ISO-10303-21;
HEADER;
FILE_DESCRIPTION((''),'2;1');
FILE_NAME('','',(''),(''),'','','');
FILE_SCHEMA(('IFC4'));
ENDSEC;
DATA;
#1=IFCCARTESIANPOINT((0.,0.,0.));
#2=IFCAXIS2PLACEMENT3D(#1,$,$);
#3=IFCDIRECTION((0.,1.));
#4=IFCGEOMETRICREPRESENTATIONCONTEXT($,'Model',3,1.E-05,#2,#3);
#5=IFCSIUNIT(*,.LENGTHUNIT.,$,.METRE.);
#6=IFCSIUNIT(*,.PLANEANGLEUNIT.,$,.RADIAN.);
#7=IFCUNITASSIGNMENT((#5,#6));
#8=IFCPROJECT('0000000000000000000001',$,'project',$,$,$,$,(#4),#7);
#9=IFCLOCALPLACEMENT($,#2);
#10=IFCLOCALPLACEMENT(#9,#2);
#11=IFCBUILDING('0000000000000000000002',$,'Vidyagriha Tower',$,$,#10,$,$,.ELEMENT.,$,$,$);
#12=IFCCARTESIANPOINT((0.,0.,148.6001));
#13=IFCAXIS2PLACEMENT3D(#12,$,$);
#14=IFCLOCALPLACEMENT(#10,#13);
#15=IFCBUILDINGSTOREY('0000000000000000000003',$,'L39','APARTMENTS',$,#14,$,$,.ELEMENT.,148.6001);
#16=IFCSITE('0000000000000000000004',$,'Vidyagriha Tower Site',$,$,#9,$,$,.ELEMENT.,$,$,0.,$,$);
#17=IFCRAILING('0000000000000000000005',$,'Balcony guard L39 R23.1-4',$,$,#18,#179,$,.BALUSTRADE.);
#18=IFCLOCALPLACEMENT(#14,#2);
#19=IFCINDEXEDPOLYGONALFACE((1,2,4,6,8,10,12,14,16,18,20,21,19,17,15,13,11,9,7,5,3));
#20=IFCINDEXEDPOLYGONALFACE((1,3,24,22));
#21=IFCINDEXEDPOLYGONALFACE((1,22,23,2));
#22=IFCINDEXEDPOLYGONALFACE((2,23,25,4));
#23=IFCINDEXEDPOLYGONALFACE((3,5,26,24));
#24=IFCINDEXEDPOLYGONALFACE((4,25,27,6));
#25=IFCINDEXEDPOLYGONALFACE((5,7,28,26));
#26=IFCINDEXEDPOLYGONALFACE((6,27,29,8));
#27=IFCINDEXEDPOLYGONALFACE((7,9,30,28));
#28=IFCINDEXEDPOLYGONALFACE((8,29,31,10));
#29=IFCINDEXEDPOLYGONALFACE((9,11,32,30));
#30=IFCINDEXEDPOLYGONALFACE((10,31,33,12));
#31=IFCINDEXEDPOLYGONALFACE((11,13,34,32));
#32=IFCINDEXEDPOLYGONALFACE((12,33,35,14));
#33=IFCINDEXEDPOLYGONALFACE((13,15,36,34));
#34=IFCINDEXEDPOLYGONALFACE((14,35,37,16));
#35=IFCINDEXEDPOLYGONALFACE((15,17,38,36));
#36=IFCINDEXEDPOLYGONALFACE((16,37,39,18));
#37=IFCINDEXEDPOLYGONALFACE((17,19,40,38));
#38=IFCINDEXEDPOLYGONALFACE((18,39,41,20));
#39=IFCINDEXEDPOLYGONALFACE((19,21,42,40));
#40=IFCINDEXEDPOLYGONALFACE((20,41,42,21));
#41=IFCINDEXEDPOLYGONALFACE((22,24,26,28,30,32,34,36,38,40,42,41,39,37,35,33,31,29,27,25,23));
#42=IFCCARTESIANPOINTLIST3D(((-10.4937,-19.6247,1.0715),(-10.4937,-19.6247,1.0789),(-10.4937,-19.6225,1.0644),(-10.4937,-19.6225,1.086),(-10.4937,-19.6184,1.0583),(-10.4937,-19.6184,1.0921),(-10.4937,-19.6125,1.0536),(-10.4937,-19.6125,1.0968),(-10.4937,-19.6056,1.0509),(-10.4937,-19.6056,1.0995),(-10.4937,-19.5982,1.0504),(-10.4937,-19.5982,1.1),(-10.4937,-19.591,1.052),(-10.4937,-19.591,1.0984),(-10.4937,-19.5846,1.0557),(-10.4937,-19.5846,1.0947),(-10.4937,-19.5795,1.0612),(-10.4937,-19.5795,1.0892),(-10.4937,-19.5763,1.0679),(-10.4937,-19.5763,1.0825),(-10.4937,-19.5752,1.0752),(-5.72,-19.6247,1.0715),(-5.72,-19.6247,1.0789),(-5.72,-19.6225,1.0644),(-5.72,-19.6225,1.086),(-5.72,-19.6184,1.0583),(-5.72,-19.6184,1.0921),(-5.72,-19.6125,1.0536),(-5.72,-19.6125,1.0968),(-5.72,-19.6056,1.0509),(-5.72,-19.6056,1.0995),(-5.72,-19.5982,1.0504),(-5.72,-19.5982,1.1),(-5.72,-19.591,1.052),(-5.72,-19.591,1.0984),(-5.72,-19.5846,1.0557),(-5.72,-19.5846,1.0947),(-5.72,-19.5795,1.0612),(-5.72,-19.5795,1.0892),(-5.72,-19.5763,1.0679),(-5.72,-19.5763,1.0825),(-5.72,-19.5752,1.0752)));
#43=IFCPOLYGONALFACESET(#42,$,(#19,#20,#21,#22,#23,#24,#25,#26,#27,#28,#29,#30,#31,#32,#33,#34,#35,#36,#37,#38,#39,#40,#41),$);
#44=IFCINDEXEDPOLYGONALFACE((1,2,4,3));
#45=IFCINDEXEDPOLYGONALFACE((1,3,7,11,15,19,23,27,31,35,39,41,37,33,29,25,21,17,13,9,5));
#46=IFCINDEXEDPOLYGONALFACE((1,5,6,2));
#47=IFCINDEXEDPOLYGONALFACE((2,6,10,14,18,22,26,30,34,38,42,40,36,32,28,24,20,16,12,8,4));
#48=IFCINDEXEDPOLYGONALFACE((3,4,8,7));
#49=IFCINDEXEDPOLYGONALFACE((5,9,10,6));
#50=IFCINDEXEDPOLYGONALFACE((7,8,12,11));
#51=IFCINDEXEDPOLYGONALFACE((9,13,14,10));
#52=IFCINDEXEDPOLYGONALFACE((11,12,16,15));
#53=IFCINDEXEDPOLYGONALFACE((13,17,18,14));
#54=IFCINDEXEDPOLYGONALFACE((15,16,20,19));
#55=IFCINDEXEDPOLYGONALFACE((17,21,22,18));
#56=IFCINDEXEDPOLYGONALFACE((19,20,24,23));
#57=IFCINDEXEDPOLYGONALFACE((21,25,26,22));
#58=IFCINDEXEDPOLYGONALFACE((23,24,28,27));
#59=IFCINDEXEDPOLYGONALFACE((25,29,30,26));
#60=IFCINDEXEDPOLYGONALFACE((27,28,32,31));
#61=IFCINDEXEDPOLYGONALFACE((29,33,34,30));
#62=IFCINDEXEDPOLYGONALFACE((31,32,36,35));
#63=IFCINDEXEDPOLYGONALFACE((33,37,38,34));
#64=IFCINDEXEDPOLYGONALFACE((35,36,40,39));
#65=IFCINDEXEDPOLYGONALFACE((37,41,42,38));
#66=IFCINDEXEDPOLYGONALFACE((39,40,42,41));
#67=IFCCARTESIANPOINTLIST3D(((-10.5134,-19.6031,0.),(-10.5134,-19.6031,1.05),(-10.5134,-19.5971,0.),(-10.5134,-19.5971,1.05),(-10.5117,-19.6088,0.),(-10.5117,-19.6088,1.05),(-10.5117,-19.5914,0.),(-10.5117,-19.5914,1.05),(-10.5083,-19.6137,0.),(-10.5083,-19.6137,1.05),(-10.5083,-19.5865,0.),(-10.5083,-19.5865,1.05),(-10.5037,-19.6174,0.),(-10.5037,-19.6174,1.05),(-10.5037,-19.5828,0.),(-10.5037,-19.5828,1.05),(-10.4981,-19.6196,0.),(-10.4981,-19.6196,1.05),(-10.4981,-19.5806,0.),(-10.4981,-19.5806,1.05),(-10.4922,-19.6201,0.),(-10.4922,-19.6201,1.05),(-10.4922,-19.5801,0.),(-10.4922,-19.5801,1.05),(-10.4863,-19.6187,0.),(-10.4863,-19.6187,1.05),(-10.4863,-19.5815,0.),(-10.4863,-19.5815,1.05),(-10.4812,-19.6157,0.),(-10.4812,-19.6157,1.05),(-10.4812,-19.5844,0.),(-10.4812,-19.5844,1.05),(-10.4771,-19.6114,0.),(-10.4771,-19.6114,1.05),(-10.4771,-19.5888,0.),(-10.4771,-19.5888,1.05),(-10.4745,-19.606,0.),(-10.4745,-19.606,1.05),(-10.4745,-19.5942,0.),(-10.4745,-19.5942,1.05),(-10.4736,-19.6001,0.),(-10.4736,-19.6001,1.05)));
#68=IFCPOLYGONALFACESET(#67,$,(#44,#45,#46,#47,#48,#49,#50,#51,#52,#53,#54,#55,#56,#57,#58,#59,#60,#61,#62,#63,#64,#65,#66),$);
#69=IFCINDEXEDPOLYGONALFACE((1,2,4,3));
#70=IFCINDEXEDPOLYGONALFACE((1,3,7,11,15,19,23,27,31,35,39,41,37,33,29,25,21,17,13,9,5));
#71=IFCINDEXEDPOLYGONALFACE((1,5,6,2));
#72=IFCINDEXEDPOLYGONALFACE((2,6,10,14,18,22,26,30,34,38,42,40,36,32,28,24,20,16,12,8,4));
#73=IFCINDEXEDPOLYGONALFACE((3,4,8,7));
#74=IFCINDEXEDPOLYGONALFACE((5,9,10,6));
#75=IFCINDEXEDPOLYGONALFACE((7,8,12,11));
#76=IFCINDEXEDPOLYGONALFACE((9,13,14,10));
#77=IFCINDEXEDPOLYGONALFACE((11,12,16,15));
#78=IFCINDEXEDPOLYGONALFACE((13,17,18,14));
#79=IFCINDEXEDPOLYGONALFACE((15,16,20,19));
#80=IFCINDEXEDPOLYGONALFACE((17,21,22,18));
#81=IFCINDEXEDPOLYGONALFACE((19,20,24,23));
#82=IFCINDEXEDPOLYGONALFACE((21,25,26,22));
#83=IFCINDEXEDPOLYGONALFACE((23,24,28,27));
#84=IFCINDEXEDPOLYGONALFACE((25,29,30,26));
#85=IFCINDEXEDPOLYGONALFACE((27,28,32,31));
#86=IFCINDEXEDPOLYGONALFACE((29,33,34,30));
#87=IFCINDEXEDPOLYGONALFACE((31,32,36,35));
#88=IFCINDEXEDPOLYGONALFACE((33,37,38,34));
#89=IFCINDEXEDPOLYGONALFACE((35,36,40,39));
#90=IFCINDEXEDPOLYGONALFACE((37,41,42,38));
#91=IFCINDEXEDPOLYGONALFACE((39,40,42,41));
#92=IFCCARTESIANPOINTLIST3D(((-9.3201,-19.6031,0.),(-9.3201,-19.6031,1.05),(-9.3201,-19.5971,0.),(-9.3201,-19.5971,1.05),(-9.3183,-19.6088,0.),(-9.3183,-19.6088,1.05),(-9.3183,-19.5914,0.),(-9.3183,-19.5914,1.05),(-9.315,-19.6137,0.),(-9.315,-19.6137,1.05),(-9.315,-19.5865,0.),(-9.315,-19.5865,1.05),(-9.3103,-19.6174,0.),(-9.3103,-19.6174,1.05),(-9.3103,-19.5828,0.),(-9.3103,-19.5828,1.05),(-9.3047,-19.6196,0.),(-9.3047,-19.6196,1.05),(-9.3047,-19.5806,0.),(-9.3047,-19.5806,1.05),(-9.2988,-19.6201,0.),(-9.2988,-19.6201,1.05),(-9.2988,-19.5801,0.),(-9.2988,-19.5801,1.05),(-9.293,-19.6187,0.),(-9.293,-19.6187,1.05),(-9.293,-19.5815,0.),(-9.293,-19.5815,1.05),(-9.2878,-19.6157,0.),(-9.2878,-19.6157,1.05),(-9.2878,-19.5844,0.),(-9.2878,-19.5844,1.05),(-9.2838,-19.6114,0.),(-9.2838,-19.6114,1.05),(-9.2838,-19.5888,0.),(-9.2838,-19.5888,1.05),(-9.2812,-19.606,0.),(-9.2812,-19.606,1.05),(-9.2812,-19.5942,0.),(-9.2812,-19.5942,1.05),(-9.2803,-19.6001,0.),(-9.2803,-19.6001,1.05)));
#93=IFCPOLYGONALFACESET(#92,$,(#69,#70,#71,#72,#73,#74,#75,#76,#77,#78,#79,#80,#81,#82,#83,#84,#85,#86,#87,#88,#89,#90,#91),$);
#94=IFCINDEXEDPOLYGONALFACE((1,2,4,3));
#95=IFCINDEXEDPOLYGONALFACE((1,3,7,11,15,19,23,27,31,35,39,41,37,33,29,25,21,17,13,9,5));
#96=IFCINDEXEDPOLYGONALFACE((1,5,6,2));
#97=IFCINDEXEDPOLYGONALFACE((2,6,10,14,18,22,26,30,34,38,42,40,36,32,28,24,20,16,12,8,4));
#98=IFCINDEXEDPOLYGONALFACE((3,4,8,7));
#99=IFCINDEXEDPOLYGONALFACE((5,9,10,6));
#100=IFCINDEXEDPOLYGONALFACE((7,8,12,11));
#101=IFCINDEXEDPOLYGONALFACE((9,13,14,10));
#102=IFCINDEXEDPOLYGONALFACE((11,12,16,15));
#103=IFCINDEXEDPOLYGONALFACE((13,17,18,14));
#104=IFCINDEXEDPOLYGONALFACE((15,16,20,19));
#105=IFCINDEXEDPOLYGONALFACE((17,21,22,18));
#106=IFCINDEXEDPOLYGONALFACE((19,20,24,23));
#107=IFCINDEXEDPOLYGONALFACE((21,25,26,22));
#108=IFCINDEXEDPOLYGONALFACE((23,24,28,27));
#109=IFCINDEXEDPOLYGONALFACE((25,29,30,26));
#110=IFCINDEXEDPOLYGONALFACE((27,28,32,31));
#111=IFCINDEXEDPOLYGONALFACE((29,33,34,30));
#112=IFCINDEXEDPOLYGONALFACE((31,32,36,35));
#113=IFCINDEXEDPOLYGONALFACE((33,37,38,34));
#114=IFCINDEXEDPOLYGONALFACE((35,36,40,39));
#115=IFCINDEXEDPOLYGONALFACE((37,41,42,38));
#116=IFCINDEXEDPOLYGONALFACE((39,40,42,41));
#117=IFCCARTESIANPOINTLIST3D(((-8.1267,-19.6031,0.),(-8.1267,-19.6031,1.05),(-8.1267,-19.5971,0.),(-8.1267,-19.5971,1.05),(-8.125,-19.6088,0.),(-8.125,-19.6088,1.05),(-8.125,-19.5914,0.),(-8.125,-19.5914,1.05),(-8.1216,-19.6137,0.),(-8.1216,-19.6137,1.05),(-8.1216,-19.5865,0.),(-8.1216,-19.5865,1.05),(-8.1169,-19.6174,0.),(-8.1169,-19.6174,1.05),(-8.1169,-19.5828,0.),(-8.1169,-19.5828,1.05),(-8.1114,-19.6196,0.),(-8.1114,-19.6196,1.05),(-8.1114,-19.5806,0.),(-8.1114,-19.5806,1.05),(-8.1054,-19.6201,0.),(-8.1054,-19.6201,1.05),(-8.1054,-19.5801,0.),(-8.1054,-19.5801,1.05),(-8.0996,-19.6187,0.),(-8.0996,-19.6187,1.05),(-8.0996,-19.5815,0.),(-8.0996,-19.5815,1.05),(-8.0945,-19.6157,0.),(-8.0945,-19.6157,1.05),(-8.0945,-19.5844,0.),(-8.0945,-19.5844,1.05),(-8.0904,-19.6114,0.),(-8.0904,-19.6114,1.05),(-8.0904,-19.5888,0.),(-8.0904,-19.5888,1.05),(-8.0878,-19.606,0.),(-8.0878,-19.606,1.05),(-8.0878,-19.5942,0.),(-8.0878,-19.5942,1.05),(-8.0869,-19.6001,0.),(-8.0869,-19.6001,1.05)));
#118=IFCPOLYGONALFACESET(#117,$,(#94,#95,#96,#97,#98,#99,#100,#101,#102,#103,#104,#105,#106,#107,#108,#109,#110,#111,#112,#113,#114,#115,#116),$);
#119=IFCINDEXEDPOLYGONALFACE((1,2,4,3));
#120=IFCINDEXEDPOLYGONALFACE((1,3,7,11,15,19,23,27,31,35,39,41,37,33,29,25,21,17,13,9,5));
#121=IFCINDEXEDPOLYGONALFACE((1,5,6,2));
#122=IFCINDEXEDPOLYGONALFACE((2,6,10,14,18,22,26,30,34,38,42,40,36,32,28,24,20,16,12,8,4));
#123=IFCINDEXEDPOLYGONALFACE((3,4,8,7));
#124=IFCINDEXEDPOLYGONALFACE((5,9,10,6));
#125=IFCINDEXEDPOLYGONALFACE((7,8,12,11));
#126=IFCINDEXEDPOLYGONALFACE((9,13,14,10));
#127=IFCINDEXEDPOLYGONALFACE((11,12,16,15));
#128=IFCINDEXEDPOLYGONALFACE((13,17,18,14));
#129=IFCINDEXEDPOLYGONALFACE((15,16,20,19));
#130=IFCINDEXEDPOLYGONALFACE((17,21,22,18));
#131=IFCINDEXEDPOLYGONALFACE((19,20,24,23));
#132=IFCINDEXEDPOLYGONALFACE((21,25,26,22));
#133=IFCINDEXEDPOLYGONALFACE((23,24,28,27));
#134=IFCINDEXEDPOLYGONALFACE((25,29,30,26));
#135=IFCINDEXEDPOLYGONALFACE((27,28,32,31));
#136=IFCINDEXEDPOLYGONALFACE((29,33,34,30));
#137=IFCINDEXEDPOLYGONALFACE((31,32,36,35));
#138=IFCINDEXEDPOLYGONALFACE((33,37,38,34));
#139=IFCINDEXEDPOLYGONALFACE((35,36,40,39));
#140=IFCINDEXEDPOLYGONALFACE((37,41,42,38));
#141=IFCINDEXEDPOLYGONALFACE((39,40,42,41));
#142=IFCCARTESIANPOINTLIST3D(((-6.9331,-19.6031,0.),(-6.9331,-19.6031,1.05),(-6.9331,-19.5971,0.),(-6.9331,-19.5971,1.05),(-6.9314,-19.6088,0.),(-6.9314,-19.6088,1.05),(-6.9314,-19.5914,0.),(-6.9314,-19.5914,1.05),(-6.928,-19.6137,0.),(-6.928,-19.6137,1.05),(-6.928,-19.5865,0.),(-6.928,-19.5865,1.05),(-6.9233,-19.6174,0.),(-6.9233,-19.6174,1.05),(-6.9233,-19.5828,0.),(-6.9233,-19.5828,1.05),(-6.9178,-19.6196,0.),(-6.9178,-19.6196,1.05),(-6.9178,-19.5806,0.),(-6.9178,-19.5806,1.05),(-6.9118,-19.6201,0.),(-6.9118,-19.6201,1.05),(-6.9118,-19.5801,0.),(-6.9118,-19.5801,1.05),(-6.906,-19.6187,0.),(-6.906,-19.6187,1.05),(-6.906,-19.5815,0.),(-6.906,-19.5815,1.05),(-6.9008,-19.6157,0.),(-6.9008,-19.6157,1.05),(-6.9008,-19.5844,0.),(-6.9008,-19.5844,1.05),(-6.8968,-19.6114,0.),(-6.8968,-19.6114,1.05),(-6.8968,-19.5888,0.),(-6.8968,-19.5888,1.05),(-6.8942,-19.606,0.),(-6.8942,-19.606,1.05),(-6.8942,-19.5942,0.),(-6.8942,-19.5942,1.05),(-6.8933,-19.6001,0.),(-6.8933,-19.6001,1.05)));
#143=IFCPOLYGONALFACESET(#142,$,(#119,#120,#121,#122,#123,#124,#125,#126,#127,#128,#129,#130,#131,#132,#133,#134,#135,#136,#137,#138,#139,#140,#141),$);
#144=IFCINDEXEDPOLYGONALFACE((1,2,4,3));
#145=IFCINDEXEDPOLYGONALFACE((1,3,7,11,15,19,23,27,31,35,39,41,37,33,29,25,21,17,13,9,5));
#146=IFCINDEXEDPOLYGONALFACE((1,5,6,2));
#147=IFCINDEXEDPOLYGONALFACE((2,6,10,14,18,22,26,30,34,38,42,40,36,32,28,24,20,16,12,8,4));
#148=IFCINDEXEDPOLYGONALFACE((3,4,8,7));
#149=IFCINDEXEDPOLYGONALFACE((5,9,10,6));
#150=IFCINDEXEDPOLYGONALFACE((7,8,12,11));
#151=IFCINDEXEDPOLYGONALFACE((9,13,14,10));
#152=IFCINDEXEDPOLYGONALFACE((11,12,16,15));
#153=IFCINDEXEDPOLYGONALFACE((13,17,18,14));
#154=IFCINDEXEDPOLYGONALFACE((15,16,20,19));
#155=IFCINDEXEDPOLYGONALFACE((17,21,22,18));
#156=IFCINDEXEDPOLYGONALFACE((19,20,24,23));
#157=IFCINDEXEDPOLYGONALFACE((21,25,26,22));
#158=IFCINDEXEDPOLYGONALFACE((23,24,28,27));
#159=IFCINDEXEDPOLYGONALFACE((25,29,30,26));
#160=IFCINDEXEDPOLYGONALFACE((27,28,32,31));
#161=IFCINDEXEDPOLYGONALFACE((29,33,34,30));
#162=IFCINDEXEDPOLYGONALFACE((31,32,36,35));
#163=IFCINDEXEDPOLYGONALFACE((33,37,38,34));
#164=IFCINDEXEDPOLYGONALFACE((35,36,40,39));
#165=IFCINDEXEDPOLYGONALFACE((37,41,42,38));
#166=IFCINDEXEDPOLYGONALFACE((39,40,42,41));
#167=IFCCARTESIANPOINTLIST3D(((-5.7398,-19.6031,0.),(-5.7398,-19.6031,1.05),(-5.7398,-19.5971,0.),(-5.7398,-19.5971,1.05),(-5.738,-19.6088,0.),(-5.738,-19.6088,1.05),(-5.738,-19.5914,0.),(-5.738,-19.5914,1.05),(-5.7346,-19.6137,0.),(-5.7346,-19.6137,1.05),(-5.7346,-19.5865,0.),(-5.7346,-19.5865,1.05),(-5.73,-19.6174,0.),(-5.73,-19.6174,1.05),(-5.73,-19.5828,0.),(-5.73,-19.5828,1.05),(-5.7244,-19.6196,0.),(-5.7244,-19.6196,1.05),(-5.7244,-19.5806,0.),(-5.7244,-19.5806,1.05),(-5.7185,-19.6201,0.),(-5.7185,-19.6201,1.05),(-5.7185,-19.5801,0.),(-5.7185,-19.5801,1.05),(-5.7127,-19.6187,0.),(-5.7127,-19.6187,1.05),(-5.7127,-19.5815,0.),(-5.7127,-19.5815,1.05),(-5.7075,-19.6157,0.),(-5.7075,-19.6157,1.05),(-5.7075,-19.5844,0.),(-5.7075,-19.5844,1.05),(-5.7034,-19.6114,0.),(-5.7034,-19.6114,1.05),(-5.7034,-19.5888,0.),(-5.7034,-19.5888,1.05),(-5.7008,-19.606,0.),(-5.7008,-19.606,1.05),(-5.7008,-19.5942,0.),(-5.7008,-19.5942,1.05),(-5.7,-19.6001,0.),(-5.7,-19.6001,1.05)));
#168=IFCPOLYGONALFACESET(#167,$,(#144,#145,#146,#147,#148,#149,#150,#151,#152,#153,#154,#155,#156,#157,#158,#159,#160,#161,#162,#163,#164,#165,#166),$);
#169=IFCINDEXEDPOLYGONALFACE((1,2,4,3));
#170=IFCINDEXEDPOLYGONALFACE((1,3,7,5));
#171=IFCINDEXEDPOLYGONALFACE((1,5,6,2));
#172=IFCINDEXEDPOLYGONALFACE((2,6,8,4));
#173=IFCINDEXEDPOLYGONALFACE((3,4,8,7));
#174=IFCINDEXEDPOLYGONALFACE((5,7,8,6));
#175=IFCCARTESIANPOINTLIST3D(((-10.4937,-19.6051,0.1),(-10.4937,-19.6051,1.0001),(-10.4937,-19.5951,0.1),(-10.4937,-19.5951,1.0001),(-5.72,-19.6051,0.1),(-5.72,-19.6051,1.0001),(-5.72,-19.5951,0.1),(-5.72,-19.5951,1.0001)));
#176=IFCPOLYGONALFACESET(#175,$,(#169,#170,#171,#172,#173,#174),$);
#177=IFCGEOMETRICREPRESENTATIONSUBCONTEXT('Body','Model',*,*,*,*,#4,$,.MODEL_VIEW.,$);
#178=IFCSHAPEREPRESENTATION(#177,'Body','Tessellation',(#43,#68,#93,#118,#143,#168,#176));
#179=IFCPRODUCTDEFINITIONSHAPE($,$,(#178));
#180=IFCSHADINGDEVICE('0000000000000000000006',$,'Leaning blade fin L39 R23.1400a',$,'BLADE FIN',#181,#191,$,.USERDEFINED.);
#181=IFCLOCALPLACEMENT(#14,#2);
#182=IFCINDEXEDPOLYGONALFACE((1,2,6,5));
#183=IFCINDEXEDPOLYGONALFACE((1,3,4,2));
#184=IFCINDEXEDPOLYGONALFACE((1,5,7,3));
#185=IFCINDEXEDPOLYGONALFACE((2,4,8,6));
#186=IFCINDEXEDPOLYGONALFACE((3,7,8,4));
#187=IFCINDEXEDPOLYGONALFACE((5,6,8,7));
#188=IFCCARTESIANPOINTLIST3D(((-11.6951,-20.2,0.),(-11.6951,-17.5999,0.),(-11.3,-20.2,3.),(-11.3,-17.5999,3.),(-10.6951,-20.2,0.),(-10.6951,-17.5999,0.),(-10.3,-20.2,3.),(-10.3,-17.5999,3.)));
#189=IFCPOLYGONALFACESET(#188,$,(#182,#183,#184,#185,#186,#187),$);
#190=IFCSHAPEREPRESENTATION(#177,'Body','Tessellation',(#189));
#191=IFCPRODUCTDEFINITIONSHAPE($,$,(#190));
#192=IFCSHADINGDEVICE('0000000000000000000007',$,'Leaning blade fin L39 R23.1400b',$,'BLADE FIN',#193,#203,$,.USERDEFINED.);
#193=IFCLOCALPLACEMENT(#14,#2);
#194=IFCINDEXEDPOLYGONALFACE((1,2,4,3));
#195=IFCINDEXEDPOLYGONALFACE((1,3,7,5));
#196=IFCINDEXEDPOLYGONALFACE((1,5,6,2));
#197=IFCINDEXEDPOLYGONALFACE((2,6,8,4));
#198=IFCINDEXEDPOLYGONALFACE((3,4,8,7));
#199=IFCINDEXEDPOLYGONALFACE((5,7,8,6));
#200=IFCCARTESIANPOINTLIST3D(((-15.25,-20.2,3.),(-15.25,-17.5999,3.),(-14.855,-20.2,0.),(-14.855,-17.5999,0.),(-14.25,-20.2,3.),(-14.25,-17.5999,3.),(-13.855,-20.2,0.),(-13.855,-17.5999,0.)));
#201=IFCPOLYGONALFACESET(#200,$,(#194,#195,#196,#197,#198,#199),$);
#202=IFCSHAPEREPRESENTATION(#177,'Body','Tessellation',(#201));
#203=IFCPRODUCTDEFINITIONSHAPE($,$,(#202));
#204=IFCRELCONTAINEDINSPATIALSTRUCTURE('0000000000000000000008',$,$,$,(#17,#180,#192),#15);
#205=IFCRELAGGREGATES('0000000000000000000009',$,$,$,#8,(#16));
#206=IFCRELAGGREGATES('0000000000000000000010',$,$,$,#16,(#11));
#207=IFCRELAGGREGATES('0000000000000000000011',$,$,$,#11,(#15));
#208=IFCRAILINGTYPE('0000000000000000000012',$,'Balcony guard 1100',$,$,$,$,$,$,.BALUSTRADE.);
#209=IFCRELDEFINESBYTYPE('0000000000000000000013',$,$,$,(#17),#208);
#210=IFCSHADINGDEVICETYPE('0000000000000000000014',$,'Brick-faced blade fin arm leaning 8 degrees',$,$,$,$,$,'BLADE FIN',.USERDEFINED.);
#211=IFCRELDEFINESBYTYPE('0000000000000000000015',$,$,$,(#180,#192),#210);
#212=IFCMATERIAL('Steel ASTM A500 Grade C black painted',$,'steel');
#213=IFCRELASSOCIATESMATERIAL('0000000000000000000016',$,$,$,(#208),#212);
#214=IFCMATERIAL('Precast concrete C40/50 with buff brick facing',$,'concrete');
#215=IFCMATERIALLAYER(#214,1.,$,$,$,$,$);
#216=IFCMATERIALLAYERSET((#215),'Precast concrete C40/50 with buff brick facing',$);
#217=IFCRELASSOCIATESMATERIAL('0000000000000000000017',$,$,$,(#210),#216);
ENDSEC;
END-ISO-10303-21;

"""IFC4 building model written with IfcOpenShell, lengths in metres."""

from ifc_helpers import new_model, si_unit, direction, frame, origin, origin_2d, place, context, subcontext, project, spatial, polyline, rectangle, circle, outline, extrude, material, layer, layer_set, type_object, element, save


model = new_model("IFC4")

# Units and contexts
model_context = context("Model", 3, precision=1e-05, world=origin(), true_north=direction((0.0, 1.0)))
body_context = subcontext(model_context, "Body", "Model", "MODEL_VIEW")
ifc_project = project(units=[si_unit("LENGTHUNIT", "METRE"), si_unit("PLANEANGLEUNIT", "RADIAN")], contexts=[model_context])

# Site, building, storey
site_placement = place(None, origin())
site = spatial("IfcSite", under=ifc_project, at=site_placement, Name="Vidyagriha Tower Site", CompositionType="ELEMENT", RefElevation=0.0)
building_placement = place(site_placement, origin())
building = spatial("IfcBuilding", under=site, at=building_placement, Name="Vidyagriha Tower", CompositionType="ELEMENT")
storey_placement = place(building_placement, frame((0.0, 0.0, 148.6001)))
storey = spatial("IfcBuildingStorey", under=building, at=storey_placement, Name="L39", Description="APARTMENTS", CompositionType="ELEMENT", Elevation=148.6001)

# Railing
ifc_material_1 = material(Name="Steel ASTM A500 Grade C black painted", Category="steel")
railing_type = type_object("IfcRailingType", Name="Balcony guard 1100", PredefinedType="BALUSTRADE", material=ifc_material_1)
railing_1_placement = place(storey_placement, frame((-10.4937, -19.6001, 0.0)))
element("IfcRailing", 1, at=railing_1_placement, inside=storey, type_object=railing_type, Name="Balcony guard L39 R23.1-4", PredefinedType="BALUSTRADE", context=body_context, shape_type="SweptSolid", body=[
    extrude(circle(Radius=0.0249, at=origin_2d()), frame((0.0, 0.0, 1.0752), z_axis=(1.0, 0.0, 0.0), x_axis=(0.0, 1.0, 0.0)), (0.0, 0.0, 1.0), 4.7737),
    extrude(circle(Radius=0.02, at=origin_2d()), origin(), (0.0, 0.0, 1.0), 1.05),
    extrude(circle(Radius=0.02, at=origin_2d()), frame((1.1934, 0.0, 0.0)), (0.0, 0.0, 1.0), 1.05),
    extrude(circle(Radius=0.02, at=origin_2d()), frame((2.3867, 0.0, 0.0)), (0.0, 0.0, 1.0), 1.05),
    extrude(circle(Radius=0.02, at=origin_2d()), frame((3.5803, 0.0, 0.0)), (0.0, 0.0, 1.0), 1.05),
    extrude(circle(Radius=0.02, at=origin_2d()), frame((4.7737, 0.0, 0.0)), (0.0, 0.0, 1.0), 1.05),
    extrude(rectangle(XDim=0.01, YDim=0.9001, at=origin_2d()), frame((0.0, 0.0, 0.55), z_axis=(1.0, 0.0, 0.0), x_axis=(0.0, 1.0, 0.0)), (0.0, 0.0, 1.0), 4.7737),
])

# Shading devices
ifc_material_2 = material(Name="Precast concrete C40/50 with buff brick facing", Category="concrete")
ifc_layer_1 = layer(ifc_material_2, 1.0)
ifc_layer_set_1 = layer_set([ifc_layer_1], Name="Precast concrete C40/50 with buff brick facing")
shading_device_type_1 = type_object("IfcShadingDeviceType", Name="Brick-faced blade fin arm leaning 8 degrees", ElementType="BLADE FIN", PredefinedType="USERDEFINED", material=ifc_layer_set_1)
shading_device_1_placement = place(storey_placement, frame((-11.6951, -18.8999, 0.0)))
element("IfcShadingDevice", 2, at=shading_device_1_placement, inside=storey, type_object=shading_device_type_1, Name="Leaning blade fin L39 R23.1400a", ObjectType="BLADE FIN", PredefinedType="USERDEFINED", context=body_context, shape_type="SweptSolid", body=[
    extrude(outline(polyline([(0.0, 0.0), (1.0, 0.0), (1.395, 3.0), (0.395, 3.0), (0.0, 0.0)])), frame((0.0, 1.3, 0.0), z_axis=(0.0, -1.0, 0.0), x_axis=(1.0, 0.0, 0.0)), (0.0, 0.0, 1.0), 2.6001),
])
shading_device_2_placement = place(storey_placement, frame((-15.25, -18.8999, 0.0)))
element("IfcShadingDevice", 3, at=shading_device_2_placement, inside=storey, type_object=shading_device_type_1, Name="Leaning blade fin L39 R23.1400b", ObjectType="BLADE FIN", PredefinedType="USERDEFINED", context=body_context, shape_type="SweptSolid", body=[
    extrude(outline(polyline([(0.395, 0.0), (1.395, 0.0), (1.0, 3.0), (0.0, 3.0), (0.395, 0.0)])), frame((0.0, 1.3, 0.0), z_axis=(0.0, -1.0, 0.0), x_axis=(1.0, 0.0, 0.0)), (0.0, 0.0, 1.0), 2.6001),
])

save(model, "model.ifc")
